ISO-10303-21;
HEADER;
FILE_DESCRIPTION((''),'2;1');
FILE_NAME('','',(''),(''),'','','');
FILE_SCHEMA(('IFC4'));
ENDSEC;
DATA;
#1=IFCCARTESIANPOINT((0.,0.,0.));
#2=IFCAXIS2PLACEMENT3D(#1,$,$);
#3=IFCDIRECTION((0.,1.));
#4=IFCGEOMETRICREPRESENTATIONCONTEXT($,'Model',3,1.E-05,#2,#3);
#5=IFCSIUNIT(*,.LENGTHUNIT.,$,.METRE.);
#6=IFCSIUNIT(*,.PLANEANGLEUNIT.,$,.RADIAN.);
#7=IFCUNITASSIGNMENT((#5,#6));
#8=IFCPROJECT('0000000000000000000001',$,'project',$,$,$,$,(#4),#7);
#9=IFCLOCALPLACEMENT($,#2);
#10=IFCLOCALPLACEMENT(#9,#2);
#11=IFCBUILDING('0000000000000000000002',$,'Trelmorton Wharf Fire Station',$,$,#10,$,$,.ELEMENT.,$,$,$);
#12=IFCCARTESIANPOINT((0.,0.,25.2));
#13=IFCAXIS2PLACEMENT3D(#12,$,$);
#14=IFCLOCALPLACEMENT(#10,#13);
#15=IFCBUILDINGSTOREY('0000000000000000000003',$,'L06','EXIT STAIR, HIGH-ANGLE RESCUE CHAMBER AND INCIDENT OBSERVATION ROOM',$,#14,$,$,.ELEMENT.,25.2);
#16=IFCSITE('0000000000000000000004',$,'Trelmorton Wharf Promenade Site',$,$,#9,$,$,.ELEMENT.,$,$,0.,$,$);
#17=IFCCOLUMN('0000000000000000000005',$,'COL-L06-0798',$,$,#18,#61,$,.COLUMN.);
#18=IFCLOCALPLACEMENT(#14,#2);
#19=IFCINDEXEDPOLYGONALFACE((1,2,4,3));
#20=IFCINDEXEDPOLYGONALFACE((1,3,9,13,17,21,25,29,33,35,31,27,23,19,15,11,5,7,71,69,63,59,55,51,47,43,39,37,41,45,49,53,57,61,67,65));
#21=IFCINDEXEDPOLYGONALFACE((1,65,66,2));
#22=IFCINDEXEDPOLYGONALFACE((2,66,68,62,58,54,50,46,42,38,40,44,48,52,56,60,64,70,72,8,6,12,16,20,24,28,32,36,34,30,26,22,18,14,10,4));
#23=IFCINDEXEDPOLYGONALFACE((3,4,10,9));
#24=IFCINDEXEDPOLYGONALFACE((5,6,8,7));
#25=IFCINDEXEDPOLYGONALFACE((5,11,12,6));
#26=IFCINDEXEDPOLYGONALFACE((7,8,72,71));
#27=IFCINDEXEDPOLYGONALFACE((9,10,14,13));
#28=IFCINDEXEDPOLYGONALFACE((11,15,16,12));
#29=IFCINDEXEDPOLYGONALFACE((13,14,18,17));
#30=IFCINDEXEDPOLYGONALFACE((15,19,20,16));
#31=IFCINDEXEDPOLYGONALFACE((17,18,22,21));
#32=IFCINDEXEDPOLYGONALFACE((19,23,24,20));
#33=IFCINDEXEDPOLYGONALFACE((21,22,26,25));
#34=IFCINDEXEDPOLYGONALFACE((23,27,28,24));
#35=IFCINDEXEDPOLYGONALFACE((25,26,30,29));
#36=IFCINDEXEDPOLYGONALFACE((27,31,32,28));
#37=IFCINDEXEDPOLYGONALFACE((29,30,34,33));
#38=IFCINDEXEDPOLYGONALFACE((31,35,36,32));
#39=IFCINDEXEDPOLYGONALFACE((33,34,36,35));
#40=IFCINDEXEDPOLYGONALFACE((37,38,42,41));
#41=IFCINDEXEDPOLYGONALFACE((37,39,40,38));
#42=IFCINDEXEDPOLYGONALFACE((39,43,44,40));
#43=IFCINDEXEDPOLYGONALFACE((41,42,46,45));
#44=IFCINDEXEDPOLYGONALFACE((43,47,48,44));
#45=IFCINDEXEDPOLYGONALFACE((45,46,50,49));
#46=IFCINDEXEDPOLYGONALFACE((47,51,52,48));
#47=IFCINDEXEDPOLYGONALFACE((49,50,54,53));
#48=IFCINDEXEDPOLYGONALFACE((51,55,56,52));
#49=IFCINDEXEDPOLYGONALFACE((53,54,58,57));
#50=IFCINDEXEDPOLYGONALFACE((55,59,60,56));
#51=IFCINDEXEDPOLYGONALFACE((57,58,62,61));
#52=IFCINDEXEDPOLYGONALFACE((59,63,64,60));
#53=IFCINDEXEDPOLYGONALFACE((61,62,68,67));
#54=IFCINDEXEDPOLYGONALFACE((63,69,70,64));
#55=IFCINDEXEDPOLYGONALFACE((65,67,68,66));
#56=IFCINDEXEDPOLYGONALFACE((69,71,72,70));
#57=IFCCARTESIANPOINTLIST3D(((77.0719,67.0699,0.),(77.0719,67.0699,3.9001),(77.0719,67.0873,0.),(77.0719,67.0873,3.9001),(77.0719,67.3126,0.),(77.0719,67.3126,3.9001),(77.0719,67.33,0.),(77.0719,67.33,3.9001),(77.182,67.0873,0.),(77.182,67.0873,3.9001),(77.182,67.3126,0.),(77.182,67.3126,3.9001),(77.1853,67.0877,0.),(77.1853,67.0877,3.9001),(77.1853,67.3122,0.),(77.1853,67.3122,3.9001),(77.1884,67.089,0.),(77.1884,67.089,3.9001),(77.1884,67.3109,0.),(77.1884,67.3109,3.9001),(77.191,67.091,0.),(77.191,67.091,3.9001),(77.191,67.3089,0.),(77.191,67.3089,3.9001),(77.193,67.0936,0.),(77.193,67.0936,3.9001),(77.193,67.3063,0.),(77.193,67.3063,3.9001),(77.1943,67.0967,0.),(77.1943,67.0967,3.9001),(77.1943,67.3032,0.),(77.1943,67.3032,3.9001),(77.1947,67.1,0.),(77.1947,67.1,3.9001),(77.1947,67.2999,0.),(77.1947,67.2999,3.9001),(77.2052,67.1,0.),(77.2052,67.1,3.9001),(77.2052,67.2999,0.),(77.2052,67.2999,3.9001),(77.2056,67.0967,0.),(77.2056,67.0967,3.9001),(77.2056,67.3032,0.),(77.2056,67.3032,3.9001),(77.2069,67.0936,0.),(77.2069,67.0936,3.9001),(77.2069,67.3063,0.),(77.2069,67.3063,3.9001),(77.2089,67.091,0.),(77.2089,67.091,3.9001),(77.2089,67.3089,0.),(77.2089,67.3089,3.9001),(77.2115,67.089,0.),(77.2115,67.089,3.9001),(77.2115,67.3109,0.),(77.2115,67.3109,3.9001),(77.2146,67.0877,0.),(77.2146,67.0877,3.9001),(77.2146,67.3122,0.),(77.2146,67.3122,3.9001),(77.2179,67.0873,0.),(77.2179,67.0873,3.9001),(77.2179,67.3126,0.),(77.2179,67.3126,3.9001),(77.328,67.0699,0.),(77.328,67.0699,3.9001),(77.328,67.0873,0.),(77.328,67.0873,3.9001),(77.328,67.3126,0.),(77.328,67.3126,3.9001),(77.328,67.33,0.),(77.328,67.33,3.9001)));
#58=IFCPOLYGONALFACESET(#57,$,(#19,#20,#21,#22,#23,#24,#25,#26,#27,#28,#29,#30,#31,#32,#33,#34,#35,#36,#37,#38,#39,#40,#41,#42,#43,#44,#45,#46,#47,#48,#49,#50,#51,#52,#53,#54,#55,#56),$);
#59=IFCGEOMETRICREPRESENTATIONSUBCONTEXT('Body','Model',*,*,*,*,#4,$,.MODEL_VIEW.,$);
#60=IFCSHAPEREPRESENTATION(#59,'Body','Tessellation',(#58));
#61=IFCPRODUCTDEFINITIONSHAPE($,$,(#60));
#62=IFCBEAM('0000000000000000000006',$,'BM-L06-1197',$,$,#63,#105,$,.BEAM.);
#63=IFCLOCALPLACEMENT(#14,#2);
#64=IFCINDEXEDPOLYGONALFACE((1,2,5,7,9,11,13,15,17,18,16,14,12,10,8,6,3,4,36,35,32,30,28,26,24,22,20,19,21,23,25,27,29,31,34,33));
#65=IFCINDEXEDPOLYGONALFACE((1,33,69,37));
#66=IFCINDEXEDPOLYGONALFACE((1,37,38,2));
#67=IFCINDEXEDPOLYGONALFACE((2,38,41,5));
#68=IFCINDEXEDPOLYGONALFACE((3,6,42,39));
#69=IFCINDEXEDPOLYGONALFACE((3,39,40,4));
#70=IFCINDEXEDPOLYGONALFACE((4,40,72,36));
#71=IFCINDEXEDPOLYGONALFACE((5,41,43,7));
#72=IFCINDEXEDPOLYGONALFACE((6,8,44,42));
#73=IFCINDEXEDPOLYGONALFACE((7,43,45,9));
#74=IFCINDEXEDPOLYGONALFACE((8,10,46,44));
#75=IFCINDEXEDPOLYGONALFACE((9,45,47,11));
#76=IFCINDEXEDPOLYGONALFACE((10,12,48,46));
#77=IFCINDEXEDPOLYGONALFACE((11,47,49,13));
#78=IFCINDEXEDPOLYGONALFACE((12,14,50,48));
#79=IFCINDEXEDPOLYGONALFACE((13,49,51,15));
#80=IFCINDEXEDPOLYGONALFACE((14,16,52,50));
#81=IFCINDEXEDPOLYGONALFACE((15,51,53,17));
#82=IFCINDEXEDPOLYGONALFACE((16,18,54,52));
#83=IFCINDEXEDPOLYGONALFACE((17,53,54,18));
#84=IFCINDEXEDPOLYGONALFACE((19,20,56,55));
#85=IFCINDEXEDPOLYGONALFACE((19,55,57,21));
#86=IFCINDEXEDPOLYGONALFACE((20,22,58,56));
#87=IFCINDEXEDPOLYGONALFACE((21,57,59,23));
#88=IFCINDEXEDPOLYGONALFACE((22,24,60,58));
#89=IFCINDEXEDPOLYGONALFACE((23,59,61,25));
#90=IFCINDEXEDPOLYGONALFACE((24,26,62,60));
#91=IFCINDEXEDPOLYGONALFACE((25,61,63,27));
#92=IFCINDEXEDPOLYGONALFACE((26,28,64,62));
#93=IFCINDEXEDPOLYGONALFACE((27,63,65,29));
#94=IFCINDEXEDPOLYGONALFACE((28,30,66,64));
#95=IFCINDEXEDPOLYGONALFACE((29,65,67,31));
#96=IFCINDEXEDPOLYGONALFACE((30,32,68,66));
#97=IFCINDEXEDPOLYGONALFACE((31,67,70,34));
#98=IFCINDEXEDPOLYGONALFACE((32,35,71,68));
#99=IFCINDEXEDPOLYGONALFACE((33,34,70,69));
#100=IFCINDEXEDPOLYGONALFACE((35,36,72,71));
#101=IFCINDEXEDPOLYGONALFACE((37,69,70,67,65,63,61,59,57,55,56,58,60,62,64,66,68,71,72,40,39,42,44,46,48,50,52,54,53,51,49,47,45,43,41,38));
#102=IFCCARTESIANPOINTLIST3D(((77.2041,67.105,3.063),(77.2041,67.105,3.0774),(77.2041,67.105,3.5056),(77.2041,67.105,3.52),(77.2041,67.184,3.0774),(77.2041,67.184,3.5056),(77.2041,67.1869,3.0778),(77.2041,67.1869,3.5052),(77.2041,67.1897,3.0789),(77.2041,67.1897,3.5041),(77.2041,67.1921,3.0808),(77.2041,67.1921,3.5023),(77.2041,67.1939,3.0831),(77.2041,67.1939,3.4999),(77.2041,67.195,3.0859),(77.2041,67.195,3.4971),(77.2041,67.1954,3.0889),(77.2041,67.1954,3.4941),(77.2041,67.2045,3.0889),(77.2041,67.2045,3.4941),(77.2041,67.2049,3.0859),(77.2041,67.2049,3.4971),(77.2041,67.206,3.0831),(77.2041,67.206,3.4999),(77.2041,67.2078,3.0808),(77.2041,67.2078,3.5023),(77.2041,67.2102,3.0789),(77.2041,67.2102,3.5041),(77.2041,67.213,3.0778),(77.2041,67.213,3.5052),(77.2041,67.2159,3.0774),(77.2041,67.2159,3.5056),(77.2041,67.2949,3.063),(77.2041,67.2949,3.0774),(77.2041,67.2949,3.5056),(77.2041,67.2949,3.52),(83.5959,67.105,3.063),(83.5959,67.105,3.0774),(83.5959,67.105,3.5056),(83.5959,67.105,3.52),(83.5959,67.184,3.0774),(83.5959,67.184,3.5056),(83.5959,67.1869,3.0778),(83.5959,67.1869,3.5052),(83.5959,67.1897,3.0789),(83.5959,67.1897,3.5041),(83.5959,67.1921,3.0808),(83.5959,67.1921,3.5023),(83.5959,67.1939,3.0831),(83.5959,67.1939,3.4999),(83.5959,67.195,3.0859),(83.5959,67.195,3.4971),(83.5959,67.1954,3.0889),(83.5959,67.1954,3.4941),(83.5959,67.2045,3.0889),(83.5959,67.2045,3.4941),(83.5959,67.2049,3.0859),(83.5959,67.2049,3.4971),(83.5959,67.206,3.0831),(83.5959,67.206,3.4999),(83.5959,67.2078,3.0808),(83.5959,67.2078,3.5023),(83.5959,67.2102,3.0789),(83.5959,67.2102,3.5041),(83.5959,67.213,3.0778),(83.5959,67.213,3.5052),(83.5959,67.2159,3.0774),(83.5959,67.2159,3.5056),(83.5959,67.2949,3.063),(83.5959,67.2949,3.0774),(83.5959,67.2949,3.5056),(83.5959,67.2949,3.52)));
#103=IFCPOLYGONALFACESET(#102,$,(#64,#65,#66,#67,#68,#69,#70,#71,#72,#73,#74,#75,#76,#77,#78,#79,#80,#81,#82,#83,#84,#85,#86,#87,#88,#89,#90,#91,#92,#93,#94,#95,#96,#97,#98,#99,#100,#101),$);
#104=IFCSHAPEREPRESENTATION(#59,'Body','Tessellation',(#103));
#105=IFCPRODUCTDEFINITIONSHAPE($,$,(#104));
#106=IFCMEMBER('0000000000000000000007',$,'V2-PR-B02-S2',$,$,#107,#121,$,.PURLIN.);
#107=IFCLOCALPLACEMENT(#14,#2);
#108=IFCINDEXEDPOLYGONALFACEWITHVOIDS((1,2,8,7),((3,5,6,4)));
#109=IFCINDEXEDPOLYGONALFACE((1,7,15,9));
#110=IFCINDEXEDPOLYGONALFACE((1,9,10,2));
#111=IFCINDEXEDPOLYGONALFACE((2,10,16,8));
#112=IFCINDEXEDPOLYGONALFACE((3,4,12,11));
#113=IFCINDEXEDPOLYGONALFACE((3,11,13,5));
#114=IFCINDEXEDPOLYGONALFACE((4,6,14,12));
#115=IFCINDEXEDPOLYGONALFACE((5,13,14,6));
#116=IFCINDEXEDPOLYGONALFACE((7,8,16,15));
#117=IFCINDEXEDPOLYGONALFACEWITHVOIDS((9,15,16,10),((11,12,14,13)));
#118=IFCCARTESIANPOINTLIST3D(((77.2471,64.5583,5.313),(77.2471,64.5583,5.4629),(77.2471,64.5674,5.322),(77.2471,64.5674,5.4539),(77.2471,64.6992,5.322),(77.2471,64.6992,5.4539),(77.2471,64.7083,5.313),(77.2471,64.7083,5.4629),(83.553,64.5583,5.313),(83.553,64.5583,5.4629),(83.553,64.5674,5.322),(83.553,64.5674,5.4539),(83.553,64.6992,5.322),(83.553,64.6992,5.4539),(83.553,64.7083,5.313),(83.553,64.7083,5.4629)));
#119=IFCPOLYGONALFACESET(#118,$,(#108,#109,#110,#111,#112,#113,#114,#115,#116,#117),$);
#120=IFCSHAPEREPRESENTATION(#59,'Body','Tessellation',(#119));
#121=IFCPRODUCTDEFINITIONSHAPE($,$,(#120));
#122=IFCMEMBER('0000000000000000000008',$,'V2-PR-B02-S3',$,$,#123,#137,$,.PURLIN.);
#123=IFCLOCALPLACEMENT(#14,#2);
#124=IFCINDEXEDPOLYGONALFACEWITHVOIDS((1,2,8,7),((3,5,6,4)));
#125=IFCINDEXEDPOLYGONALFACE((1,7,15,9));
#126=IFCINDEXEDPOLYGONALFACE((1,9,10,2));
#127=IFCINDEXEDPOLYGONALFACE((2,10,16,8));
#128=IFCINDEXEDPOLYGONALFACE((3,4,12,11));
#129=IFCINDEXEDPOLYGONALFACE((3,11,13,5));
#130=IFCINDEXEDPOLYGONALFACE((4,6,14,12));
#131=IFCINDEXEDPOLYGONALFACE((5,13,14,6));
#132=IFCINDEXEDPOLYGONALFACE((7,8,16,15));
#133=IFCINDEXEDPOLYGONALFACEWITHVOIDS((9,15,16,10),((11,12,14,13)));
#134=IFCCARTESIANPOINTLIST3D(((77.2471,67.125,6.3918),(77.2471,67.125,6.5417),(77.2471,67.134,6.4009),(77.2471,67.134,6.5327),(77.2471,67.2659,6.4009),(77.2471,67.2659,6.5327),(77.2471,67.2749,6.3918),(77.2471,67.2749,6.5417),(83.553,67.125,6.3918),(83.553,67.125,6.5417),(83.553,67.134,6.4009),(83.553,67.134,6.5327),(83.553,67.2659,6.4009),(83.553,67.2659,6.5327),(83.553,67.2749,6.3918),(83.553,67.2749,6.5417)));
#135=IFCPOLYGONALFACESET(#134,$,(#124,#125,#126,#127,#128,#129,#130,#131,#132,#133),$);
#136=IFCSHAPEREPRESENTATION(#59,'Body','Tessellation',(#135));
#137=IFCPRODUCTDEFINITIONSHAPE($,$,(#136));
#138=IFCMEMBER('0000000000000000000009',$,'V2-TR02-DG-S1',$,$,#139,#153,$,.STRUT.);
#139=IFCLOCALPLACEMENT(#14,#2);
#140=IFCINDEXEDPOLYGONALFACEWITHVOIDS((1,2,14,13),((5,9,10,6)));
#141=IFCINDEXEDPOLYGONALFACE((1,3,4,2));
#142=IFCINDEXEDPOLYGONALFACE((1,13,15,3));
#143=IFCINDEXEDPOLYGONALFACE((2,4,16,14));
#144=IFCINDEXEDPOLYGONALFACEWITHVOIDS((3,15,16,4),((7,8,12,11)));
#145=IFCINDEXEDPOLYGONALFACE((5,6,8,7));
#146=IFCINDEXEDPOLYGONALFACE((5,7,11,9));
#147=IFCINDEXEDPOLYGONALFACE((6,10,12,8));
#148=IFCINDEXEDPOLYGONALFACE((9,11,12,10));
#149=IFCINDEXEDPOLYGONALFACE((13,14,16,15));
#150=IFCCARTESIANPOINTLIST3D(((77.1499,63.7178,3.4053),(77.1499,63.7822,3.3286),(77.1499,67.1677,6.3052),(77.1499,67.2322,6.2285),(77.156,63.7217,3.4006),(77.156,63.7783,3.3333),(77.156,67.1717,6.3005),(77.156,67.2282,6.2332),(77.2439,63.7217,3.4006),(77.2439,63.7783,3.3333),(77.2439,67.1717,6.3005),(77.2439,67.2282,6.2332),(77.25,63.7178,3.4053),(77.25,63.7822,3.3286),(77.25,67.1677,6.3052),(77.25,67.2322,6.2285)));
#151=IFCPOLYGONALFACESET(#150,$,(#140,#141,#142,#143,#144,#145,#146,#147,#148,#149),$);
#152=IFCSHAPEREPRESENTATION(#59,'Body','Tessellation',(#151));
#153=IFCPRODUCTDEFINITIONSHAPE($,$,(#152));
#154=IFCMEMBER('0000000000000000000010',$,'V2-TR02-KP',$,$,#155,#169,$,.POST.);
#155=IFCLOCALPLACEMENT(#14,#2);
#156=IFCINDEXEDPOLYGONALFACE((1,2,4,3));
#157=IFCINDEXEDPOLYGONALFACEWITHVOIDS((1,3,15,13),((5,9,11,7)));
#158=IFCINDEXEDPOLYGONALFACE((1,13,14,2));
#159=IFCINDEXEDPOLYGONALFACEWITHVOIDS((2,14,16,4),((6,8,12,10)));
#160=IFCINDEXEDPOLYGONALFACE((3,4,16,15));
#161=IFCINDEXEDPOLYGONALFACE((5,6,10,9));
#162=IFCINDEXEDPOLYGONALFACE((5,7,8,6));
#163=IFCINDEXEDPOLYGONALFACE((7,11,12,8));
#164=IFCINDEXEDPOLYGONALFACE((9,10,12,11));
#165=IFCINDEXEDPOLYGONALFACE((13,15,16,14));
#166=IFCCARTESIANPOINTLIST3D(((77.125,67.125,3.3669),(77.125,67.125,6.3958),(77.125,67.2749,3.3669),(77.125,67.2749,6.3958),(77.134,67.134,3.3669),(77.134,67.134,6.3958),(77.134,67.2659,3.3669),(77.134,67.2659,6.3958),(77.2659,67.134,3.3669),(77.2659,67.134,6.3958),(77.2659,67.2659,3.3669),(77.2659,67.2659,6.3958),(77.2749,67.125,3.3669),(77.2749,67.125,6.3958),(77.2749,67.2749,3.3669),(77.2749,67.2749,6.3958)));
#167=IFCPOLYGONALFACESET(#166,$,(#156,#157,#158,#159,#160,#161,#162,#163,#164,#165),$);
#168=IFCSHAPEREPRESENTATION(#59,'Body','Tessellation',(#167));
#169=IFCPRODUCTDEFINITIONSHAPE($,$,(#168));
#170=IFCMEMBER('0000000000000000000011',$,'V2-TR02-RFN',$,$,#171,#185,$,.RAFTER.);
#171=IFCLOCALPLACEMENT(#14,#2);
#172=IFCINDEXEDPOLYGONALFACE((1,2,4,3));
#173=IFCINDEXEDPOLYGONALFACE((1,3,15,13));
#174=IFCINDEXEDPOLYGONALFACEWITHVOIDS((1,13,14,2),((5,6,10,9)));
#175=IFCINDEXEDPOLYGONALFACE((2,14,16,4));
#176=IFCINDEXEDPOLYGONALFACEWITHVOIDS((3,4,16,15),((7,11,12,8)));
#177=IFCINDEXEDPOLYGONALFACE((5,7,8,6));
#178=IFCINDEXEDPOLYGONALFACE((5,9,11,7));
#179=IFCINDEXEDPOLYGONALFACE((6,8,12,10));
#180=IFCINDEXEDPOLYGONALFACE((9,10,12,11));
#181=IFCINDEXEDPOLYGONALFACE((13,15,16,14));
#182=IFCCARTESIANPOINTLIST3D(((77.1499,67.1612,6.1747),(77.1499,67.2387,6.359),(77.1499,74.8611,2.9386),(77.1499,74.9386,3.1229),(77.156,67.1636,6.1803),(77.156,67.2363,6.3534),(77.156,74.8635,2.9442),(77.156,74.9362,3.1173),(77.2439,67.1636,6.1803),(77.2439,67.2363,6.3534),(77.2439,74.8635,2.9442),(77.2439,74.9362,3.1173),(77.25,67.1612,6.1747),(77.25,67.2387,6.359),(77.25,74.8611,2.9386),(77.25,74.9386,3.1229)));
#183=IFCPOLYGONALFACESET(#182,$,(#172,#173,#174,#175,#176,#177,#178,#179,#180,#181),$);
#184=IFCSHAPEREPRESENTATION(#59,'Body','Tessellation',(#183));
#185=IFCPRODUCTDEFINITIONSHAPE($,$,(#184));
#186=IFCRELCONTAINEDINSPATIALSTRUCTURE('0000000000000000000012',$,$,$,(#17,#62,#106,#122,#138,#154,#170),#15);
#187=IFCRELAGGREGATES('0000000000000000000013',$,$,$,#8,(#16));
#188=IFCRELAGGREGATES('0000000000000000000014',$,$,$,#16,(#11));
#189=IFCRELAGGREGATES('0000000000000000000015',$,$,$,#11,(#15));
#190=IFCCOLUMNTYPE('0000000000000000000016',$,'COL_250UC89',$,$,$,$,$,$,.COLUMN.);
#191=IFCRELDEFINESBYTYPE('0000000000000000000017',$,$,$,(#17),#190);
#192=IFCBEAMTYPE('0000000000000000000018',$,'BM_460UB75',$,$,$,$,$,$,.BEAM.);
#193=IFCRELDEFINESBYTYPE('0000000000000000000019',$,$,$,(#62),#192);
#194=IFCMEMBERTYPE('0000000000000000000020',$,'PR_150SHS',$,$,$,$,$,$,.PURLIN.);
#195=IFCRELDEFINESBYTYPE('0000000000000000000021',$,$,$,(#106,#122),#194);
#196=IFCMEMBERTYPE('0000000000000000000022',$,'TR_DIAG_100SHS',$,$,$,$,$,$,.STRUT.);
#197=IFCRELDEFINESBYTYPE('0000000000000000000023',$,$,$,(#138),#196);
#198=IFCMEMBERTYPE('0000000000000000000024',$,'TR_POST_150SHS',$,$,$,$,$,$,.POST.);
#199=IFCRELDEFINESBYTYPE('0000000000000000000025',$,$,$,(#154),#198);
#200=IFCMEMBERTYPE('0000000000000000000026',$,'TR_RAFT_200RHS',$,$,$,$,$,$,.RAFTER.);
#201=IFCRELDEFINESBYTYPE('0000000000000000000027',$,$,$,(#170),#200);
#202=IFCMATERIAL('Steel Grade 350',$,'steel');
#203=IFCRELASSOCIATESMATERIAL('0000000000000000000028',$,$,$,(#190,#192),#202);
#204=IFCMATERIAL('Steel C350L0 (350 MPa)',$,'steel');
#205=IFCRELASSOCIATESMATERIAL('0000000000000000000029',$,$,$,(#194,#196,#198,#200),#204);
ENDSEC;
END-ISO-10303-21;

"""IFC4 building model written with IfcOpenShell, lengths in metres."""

from ifc_helpers import new_model, si_unit, direction, frame, origin, origin_2d, place, context, subcontext, project, spatial, hollow_rectangle, i_section, extrude, material, material_profile, profile_set, type_object, element, save


model = new_model("IFC4")

# Units and contexts
model_context = context("Model", 3, precision=1e-05, world=origin(), true_north=direction((0.0, 1.0)))
body_context = subcontext(model_context, "Body", "Model", "MODEL_VIEW")
ifc_project = project(units=[si_unit("LENGTHUNIT", "METRE"), si_unit("PLANEANGLEUNIT", "RADIAN")], contexts=[model_context])

# Site, building, storey
site_placement = place(None, origin())
site = spatial("IfcSite", under=ifc_project, at=site_placement, Name="Trelmorton Wharf Promenade Site", CompositionType="ELEMENT", RefElevation=0.0)
building_placement = place(site_placement, origin())
building = spatial("IfcBuilding", under=site, at=building_placement, Name="Trelmorton Wharf Fire Station", CompositionType="ELEMENT")
storey_placement = place(building_placement, frame((0.0, 0.0, 25.2)))
storey = spatial("IfcBuildingStorey", under=building, at=storey_placement, Name="L06", Description="EXIT STAIR, HIGH-ANGLE RESCUE CHAMBER AND INCIDENT OBSERVATION ROOM", CompositionType="ELEMENT", Elevation=25.2)

# Column
ifc_material_1 = material(Name="Steel Grade 350", Category="steel")
ifc_material_profile_1 = material_profile(ifc_material_1, i_section(OverallWidth=0.2561, OverallDepth=0.26, WebThickness=0.0105, FlangeThickness=0.0173, FilletRadius=0.0127, at=origin_2d()), Name="250UC89.5")
ifc_profile_set_1 = profile_set([ifc_material_profile_1], Name="Steel Grade 350")
column_type = type_object("IfcColumnType", Name="COL_250UC89", PredefinedType="COLUMN", material=ifc_profile_set_1)
column_placement = place(storey_placement, frame((77.2, 67.2, 0.0), z_axis=(0.0, 0.0, 1.0), x_axis=(1.0, 0.0, 0.0)))
element("IfcColumn", 1, at=column_placement, inside=storey, type_object=column_type, Name="COL-L06-0798", PredefinedType="COLUMN", context=body_context, shape_type="SweptSolid", body=[
    extrude(i_section(OverallWidth=0.2561, OverallDepth=0.26, WebThickness=0.0105, FlangeThickness=0.0173, FilletRadius=0.0127, at=origin_2d()), origin(), (0.0, 0.0, 1.0), 3.9001),
])

# Beam
ifc_material_profile_2 = material_profile(ifc_material_1, i_section(OverallWidth=0.1899, OverallDepth=0.457, WebThickness=0.009, FlangeThickness=0.0144, FilletRadius=0.0115, at=origin_2d()), Name="460UB74.6")
ifc_profile_set_2 = profile_set([ifc_material_profile_2], Name="Steel Grade 350")
beam_type = type_object("IfcBeamType", Name="BM_460UB75", PredefinedType="BEAM", material=ifc_profile_set_2)
beam_placement = place(storey_placement, frame((77.2041, 67.2, 3.2915), z_axis=(1.0, 0.0, 0.0), x_axis=(0.0, 1.0, 0.0)))
element("IfcBeam", 2, at=beam_placement, inside=storey, type_object=beam_type, Name="BM-L06-1197", PredefinedType="BEAM", context=body_context, shape_type="SweptSolid", body=[
    extrude(i_section(OverallWidth=0.1899, OverallDepth=0.457, WebThickness=0.009, FlangeThickness=0.0144, FilletRadius=0.0115, at=origin_2d()), origin(), (0.0, 0.0, 1.0), 6.3918),
])

# Members
ifc_material_2 = material(Name="Steel C350L0 (350 MPa)", Category="steel")
ifc_material_profile_3 = material_profile(ifc_material_2, hollow_rectangle(XDim=0.1499, YDim=0.1499, WallThickness=0.009, at=origin_2d()), Name="150x150x9.0SHS")
ifc_profile_set_3 = profile_set([ifc_material_profile_3], Name="Steel C350L0 (350 MPa)")
member_type_1 = type_object("IfcMemberType", Name="PR_150SHS", PredefinedType="PURLIN", material=ifc_profile_set_3)
for number, where, z_axis, x_axis, name in (
    (3, (77.2471, 64.6333, 5.3879), (1.0, 0.0, 0.0), (0.0, 1.0, 0.0), "V2-PR-B02-S2"),
    (4, (77.2471, 67.2, 6.4668), (1.0, 0.0, 0.0), (0.0, 1.0, 0.0), "V2-PR-B02-S3"),
):
    element("IfcMember", number, at=place(storey_placement, frame(where, z_axis=z_axis, x_axis=x_axis)), inside=storey, type_object=member_type_1, Name=name, PredefinedType="PURLIN", context=body_context, shape_type="SweptSolid", body=[
        extrude(hollow_rectangle(XDim=0.1499, YDim=0.1499, WallThickness=0.009, at=origin_2d()), origin(), (0.0, 0.0, 1.0), 6.3059),
    ])
ifc_material_profile_4 = material_profile(ifc_material_2, hollow_rectangle(XDim=0.1001, YDim=0.1001, WallThickness=0.0061, at=origin_2d()), Name="100x100x6.0SHS")
ifc_profile_set_4 = profile_set([ifc_material_profile_4], Name="Steel C350L0 (350 MPa)")
member_type_2 = type_object("IfcMemberType", Name="TR_DIAG_100SHS", PredefinedType="STRUT", material=ifc_profile_set_4)
member_1_placement = place(storey_placement, frame((77.2, 63.75, 3.3669), z_axis=(0.0, 0.765492, 0.643445), x_axis=(-1.0, 0.0, 0.0)))
element("IfcMember", 5, at=member_1_placement, inside=storey, type_object=member_type_2, Name="V2-TR02-DG-S1", PredefinedType="STRUT", context=body_context, shape_type="SweptSolid", body=[
    extrude(hollow_rectangle(XDim=0.1001, YDim=0.1001, WallThickness=0.0061, at=origin_2d()), origin(), (0.0, 0.0, 1.0), 4.5068),
])
ifc_material_profile_5 = material_profile(ifc_material_2, hollow_rectangle(XDim=0.1499, YDim=0.1499, WallThickness=0.009, at=origin_2d()), Name="150x150x9.0SHS")
ifc_profile_set_5 = profile_set([ifc_material_profile_5], Name="Steel C350L0 (350 MPa)")
member_type_3 = type_object("IfcMemberType", Name="TR_POST_150SHS", PredefinedType="POST", material=ifc_profile_set_5)
member_2_placement = place(storey_placement, frame((77.2, 67.2, 3.3669), z_axis=(0.0, 0.0, 1.0), x_axis=(1.0, 0.0, 0.0)))
element("IfcMember", 6, at=member_2_placement, inside=storey, type_object=member_type_3, Name="V2-TR02-KP", PredefinedType="POST", context=body_context, shape_type="SweptSolid", body=[
    extrude(hollow_rectangle(XDim=0.1499, YDim=0.1499, WallThickness=0.009, at=origin_2d()), origin(), (0.0, 0.0, 1.0), 3.0288),
])
ifc_material_profile_6 = material_profile(ifc_material_2, hollow_rectangle(XDim=0.1001, YDim=0.2, WallThickness=0.0061, at=origin_2d()), Name="200x100x6.0RHS")
ifc_profile_set_6 = profile_set([ifc_material_profile_6], Name="Steel C350L0 (350 MPa)")
member_type_4 = type_object("IfcMemberType", Name="TR_RAFT_200RHS", PredefinedType="RAFTER", material=ifc_profile_set_6)
member_3_placement = place(storey_placement, frame((77.2, 67.2, 6.2668), z_axis=(0.0, 0.921892, -0.387447), x_axis=(-1.0, 0.0, 0.0)))
element("IfcMember", 7, at=member_3_placement, inside=storey, type_object=member_type_4, Name="V2-TR02-RFN", PredefinedType="RAFTER", context=body_context, shape_type="SweptSolid", body=[
    extrude(hollow_rectangle(XDim=0.1001, YDim=0.2, WallThickness=0.0061, at=origin_2d()), origin(), (0.0, 0.0, 1.0), 8.3523),
])

save(model, "model.ifc")
